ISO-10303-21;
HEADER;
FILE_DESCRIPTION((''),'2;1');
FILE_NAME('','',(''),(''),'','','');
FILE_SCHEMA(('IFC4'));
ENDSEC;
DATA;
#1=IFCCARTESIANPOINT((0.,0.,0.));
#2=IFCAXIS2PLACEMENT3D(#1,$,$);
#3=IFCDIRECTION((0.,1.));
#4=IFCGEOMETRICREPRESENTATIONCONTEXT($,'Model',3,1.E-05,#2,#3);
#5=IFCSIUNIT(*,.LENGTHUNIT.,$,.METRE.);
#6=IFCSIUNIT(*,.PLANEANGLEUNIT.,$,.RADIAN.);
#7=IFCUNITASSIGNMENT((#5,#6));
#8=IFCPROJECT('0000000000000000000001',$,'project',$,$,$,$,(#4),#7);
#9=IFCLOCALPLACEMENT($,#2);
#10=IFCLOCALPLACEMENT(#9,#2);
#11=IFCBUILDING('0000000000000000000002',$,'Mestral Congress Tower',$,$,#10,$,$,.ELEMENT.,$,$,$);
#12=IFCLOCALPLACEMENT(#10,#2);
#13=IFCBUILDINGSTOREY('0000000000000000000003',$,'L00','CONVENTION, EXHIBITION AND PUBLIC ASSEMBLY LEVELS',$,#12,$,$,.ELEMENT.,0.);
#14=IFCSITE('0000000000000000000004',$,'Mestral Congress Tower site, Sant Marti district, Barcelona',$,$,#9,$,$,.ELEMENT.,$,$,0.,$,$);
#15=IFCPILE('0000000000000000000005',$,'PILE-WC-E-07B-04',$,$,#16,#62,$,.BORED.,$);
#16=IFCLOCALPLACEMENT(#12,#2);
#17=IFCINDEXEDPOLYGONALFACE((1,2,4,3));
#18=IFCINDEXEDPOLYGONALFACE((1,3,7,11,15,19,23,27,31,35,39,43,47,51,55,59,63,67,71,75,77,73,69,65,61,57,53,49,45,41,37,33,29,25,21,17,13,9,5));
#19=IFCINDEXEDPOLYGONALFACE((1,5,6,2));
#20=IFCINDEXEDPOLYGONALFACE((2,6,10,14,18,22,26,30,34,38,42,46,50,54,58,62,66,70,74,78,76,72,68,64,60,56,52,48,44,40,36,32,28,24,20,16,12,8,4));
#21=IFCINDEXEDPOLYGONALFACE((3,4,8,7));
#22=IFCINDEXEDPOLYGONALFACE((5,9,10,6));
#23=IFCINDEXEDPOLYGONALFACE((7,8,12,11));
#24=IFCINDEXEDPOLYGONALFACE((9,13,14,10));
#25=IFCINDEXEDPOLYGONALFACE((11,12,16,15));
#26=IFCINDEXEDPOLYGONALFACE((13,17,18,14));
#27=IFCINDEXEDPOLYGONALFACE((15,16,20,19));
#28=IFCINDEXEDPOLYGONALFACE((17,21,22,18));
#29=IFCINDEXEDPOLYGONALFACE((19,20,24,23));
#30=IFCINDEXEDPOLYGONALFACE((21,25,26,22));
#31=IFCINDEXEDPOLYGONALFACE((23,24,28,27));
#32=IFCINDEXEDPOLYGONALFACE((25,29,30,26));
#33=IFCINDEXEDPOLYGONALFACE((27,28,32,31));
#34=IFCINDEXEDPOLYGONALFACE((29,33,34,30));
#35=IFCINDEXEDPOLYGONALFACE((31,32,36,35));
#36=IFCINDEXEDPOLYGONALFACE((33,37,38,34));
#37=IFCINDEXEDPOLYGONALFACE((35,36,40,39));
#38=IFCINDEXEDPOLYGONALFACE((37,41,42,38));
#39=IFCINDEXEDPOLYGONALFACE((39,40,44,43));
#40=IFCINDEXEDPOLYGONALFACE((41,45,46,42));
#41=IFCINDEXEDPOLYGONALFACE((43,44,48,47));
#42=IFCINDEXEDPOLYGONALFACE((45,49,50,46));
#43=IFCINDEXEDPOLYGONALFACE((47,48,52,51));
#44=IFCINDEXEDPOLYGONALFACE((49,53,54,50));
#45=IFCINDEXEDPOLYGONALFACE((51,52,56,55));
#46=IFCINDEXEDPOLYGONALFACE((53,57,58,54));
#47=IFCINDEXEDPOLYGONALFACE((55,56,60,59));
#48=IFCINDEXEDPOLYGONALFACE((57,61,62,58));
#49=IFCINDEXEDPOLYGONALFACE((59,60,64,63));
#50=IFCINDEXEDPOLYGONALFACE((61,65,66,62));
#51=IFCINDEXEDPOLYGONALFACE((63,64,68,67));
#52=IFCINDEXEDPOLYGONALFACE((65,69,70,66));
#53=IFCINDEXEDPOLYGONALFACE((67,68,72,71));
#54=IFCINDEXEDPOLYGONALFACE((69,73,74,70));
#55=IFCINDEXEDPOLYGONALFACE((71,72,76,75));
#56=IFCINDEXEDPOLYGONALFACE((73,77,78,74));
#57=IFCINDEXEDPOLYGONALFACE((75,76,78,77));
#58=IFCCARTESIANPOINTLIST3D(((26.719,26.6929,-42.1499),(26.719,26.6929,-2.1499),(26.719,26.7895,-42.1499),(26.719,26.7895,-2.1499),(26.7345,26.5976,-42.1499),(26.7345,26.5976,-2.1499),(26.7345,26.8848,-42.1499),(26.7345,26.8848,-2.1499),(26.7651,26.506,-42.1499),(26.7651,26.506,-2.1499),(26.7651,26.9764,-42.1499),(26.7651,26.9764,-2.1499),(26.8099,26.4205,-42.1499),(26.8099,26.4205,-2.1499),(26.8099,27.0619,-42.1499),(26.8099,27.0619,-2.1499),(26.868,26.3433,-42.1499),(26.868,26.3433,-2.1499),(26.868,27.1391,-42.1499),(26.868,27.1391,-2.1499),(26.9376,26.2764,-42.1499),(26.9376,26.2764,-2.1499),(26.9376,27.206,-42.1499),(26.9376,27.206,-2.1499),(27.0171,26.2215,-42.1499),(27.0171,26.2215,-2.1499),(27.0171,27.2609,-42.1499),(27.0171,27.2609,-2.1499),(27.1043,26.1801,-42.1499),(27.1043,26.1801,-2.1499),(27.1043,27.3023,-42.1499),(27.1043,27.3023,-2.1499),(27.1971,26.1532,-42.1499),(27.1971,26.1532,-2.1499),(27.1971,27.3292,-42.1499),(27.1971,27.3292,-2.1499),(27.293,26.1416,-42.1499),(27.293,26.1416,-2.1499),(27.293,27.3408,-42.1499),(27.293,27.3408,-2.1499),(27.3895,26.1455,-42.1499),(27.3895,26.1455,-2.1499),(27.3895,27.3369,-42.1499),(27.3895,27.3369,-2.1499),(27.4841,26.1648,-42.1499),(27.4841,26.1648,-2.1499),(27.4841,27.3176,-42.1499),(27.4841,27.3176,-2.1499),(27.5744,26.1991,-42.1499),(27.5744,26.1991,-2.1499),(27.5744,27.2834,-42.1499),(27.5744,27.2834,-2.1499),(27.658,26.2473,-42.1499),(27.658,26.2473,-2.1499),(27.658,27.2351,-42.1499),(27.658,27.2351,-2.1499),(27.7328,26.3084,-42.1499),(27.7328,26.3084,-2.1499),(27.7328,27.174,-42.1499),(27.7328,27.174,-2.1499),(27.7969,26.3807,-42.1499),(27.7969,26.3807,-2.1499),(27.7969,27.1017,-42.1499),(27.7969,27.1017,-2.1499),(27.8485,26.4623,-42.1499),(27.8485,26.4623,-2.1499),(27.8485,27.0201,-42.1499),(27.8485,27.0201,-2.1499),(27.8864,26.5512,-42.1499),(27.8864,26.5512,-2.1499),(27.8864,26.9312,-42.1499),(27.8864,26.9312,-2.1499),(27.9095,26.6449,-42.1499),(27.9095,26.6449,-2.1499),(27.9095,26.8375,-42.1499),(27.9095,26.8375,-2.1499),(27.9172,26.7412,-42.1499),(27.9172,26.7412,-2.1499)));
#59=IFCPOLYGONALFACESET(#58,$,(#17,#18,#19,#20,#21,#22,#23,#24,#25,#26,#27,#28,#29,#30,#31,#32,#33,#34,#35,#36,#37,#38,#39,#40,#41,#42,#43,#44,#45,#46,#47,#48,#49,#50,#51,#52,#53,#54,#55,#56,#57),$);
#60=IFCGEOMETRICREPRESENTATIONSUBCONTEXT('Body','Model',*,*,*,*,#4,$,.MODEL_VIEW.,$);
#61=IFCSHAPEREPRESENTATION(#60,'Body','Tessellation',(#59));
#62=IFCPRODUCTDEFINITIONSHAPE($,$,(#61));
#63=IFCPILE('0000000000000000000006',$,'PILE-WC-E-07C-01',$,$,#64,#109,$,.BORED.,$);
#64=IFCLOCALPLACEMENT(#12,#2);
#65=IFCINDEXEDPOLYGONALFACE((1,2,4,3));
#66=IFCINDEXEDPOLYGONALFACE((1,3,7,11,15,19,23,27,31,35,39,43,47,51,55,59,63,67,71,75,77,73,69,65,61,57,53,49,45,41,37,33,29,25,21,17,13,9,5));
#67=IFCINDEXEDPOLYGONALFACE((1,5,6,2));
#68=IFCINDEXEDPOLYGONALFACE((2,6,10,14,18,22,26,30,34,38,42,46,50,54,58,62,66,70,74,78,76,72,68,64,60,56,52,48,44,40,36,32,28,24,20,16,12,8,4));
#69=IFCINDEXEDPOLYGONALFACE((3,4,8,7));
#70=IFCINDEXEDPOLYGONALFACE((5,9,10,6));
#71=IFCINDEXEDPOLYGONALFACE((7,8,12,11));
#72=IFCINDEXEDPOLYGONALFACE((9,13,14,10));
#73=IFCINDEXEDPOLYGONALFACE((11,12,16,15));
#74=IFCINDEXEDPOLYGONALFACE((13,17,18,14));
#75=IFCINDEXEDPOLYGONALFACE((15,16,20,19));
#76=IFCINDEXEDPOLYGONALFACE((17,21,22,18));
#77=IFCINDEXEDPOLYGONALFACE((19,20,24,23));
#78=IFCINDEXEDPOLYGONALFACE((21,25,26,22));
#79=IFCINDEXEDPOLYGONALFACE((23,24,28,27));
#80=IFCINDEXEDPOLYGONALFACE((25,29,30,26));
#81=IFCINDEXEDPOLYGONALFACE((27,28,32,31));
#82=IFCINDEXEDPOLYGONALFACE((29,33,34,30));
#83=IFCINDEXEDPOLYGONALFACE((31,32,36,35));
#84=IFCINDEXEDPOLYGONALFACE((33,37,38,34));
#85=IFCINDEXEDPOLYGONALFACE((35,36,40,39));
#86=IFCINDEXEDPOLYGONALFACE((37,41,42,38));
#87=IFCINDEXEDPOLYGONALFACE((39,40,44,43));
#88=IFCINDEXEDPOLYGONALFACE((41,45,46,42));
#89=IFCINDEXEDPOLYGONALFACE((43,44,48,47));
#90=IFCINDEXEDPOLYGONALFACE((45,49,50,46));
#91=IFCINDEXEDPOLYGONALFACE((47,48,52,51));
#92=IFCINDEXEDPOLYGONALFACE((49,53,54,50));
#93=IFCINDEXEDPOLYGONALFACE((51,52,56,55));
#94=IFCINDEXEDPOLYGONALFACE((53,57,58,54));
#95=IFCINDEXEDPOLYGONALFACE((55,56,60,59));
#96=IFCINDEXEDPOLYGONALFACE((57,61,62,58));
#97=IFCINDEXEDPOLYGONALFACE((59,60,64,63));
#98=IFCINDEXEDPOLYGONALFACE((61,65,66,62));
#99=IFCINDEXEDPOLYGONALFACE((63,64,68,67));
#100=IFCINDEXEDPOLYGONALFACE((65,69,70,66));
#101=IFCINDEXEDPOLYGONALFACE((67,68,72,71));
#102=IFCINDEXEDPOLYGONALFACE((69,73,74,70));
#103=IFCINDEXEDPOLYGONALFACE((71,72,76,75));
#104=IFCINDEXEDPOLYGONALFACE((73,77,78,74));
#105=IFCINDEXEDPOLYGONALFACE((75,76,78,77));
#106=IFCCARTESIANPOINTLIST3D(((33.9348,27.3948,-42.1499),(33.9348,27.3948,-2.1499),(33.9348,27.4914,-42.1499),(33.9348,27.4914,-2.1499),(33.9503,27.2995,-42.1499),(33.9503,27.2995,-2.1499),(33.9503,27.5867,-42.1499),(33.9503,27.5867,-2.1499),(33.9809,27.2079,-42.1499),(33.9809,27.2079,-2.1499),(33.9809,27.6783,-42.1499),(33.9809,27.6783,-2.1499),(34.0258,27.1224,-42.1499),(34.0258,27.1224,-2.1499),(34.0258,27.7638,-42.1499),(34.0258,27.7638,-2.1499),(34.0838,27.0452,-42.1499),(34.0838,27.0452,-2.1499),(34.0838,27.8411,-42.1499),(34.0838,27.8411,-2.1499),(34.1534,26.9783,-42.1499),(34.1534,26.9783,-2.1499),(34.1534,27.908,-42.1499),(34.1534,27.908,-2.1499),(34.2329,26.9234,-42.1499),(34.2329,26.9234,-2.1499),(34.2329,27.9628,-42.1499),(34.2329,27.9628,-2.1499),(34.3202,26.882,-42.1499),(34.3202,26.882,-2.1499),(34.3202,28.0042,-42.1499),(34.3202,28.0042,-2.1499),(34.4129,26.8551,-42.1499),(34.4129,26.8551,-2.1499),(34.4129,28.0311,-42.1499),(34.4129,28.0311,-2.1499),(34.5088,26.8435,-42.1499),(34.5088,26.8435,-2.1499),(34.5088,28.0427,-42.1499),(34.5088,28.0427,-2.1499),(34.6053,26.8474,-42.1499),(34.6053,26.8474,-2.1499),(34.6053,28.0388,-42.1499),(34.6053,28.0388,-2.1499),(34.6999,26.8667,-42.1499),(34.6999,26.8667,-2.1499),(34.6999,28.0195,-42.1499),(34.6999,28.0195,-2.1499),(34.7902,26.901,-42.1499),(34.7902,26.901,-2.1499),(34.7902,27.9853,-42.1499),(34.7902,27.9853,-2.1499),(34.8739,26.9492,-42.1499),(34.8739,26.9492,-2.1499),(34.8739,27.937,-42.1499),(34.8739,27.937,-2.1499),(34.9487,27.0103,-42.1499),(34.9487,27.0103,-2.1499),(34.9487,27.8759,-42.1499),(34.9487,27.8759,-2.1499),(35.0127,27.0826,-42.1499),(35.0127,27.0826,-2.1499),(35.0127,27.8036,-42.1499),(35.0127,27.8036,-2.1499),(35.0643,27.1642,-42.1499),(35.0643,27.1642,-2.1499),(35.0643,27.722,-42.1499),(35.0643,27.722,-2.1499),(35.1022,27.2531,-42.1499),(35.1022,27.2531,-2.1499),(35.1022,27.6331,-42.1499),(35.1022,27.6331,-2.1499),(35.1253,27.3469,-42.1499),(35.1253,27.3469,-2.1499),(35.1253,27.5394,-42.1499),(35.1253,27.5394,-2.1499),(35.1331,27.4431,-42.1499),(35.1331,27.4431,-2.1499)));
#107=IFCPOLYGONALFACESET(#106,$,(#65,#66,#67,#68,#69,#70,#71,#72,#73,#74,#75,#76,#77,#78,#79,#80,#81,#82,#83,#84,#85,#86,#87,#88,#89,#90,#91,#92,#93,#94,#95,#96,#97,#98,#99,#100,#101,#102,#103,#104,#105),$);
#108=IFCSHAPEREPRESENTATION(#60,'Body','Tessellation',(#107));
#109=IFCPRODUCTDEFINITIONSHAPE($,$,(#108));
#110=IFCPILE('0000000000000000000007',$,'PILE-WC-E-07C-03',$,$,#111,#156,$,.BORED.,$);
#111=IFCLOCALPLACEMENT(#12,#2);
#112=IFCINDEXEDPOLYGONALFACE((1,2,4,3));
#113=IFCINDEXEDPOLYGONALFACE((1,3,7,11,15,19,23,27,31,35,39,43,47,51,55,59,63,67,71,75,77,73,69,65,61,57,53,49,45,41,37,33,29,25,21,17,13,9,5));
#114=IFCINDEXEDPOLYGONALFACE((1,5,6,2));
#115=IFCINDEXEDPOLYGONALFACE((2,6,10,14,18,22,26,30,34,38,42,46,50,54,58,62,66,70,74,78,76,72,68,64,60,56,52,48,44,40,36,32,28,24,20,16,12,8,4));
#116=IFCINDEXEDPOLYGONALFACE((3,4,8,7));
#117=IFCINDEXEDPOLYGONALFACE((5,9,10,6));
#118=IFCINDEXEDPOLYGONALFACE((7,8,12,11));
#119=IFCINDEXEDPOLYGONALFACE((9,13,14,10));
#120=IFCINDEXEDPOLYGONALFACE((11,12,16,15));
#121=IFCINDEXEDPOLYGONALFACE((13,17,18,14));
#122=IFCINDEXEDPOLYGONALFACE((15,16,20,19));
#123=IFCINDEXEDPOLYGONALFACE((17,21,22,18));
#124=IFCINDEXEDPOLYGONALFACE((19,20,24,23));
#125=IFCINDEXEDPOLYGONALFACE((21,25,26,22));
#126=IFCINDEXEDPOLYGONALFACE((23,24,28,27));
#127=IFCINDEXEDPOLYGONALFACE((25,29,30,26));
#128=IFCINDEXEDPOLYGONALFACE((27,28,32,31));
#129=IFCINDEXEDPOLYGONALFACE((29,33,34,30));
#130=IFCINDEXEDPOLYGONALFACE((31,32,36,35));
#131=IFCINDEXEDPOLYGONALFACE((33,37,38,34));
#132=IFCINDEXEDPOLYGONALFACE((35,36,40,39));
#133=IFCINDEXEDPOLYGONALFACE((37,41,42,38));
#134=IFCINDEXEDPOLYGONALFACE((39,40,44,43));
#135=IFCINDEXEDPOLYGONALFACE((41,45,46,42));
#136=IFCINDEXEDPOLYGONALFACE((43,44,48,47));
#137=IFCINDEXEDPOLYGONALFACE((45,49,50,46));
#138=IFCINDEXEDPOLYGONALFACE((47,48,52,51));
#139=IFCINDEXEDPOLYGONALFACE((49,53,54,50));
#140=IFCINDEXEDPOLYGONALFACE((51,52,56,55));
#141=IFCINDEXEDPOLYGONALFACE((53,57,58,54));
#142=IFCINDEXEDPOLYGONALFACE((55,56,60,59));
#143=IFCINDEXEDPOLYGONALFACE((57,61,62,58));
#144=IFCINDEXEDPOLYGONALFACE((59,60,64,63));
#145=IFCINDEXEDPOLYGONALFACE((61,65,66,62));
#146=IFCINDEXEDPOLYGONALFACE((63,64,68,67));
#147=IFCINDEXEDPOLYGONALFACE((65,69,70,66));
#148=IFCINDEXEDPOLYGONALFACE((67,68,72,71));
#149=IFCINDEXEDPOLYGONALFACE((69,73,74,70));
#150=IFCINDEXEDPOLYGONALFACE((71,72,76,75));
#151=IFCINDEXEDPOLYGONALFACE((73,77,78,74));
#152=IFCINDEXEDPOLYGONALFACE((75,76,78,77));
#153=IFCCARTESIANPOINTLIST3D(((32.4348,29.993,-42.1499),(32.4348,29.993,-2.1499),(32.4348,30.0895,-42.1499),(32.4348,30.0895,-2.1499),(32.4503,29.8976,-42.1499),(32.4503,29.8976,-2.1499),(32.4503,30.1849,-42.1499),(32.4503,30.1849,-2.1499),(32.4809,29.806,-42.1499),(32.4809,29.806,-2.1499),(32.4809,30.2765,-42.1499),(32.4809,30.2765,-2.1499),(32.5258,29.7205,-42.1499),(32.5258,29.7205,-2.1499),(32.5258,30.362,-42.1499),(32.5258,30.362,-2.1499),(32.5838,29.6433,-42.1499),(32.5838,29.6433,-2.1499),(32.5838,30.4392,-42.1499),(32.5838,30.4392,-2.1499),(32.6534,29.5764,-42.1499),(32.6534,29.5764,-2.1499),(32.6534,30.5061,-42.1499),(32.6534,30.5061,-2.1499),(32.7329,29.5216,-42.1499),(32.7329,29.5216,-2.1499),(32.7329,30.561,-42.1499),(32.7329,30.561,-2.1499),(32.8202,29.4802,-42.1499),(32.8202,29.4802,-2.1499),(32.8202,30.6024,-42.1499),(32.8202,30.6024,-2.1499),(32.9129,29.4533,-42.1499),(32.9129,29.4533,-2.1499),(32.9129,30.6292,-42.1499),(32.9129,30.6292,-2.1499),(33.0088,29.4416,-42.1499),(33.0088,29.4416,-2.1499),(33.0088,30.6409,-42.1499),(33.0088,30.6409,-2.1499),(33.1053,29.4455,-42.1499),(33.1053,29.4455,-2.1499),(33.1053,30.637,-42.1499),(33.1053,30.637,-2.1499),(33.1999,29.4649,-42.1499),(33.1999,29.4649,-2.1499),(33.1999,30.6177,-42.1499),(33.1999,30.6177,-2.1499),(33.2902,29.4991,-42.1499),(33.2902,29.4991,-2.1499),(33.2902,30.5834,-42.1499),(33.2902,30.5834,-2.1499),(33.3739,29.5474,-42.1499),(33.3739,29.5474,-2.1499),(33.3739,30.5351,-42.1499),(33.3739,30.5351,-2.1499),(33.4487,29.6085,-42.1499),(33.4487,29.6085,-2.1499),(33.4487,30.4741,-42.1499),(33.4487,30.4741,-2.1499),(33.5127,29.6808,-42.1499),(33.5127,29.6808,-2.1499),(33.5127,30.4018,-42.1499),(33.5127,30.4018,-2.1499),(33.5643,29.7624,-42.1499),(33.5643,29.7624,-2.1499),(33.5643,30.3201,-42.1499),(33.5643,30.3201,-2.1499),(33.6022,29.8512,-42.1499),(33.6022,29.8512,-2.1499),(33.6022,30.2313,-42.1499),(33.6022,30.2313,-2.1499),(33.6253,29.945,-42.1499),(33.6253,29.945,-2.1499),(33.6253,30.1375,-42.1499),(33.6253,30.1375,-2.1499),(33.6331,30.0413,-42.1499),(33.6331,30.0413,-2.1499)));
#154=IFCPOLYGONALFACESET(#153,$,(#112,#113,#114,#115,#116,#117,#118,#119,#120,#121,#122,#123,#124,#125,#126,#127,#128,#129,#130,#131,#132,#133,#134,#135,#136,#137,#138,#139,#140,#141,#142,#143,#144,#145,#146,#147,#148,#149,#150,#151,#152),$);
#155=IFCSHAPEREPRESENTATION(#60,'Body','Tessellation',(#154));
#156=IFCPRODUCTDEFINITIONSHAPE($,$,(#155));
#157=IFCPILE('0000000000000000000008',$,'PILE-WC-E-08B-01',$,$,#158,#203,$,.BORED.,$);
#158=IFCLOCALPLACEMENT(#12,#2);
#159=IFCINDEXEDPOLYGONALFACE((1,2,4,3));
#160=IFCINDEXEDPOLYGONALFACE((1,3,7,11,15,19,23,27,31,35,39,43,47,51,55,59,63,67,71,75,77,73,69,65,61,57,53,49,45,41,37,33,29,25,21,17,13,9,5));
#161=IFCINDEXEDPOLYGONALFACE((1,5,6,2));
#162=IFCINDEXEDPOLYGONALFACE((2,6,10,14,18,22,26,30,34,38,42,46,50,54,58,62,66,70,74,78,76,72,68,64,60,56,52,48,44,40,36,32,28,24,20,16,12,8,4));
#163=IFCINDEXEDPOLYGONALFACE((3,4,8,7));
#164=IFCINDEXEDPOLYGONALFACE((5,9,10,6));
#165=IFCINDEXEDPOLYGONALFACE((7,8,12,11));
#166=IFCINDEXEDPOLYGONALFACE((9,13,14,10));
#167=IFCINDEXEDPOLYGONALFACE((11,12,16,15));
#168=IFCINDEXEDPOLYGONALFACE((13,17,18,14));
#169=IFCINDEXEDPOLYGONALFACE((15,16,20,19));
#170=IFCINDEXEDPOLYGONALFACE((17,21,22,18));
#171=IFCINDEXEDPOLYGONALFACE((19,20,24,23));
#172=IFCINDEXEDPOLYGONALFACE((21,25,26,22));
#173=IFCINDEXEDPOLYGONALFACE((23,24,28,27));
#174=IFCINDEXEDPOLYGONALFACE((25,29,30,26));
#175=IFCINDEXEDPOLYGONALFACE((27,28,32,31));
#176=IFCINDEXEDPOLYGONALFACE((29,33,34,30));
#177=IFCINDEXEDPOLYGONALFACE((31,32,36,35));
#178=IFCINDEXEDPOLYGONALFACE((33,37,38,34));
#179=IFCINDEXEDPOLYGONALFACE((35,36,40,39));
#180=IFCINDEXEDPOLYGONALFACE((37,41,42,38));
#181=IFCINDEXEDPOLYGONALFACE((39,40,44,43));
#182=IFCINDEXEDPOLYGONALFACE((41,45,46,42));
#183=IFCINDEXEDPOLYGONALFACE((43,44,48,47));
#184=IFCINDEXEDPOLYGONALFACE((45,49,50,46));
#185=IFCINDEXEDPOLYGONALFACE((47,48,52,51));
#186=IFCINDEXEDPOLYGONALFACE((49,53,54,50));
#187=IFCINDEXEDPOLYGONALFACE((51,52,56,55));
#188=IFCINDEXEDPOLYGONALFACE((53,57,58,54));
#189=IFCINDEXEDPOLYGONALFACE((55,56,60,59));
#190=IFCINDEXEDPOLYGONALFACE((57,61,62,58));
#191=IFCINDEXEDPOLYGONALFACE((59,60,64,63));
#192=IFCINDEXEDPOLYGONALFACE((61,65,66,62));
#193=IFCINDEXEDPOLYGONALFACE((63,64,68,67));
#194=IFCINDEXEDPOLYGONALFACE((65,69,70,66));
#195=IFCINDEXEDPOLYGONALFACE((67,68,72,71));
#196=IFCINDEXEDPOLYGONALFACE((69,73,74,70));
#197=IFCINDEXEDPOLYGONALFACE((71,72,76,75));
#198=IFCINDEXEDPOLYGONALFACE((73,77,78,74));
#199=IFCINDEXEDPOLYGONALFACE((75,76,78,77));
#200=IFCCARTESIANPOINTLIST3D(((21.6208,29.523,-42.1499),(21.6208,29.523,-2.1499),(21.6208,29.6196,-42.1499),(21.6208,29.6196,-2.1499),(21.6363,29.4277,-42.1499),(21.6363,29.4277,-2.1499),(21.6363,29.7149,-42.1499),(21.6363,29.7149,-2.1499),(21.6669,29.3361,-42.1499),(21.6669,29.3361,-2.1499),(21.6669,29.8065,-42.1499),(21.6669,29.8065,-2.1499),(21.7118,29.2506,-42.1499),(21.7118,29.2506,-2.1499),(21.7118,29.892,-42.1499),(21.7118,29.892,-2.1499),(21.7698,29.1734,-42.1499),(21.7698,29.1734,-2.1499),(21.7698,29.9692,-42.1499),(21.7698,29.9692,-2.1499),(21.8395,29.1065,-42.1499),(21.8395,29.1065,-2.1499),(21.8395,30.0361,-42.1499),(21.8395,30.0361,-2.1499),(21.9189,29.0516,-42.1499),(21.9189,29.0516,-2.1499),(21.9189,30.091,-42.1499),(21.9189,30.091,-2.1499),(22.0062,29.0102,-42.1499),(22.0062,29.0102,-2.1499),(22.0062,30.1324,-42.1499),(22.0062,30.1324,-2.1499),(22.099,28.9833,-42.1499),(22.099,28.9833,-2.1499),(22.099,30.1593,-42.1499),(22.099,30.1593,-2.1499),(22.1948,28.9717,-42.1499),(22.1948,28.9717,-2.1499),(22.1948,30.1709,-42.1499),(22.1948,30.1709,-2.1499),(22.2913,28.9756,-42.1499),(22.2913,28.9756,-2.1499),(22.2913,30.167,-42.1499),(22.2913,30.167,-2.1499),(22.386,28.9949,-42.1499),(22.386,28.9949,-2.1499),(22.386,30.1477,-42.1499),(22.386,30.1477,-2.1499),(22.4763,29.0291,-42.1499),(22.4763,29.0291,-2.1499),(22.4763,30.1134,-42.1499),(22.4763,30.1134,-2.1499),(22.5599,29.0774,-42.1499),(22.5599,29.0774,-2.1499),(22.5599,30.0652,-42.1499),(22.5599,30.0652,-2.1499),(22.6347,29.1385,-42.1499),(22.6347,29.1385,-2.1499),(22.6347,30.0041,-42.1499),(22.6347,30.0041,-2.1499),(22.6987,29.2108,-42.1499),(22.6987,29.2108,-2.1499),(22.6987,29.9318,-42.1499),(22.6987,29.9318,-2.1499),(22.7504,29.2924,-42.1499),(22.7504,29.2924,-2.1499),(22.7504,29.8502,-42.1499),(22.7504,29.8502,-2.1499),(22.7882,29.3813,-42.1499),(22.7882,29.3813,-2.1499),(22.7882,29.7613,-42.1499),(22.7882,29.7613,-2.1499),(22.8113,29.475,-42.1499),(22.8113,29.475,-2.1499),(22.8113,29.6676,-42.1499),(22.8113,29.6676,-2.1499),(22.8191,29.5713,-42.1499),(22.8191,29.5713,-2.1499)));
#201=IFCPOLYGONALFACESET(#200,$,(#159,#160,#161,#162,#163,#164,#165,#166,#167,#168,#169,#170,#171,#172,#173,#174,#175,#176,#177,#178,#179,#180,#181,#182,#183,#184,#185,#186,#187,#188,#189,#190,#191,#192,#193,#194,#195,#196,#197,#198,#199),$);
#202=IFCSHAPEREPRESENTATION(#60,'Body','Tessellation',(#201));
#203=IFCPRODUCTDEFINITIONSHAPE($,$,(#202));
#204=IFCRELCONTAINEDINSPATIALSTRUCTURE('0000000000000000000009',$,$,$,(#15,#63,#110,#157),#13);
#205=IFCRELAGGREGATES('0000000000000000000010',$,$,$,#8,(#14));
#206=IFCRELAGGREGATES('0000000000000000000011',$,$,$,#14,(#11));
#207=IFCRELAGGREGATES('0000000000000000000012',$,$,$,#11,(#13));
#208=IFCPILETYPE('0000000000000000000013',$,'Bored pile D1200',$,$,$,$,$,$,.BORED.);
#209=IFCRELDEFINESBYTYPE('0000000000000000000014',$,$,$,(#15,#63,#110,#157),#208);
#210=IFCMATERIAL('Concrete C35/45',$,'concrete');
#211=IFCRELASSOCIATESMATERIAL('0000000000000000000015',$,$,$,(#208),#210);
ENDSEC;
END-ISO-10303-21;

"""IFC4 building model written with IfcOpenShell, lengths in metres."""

from ifc_helpers import new_model, si_unit, direction, frame, origin, origin_2d, place, context, subcontext, project, spatial, circle, extrude, material, material_profile, profile_set, type_object, element, save


model = new_model("IFC4")

# Units and contexts
model_context = context("Model", 3, precision=1e-05, world=origin(), true_north=direction((0.0, 1.0)))
body_context = subcontext(model_context, "Body", "Model", "MODEL_VIEW")
ifc_project = project(units=[si_unit("LENGTHUNIT", "METRE"), si_unit("PLANEANGLEUNIT", "RADIAN")], contexts=[model_context])

# Site, building, storey
site_placement = place(None, origin())
site = spatial("IfcSite", under=ifc_project, at=site_placement, Name="Mestral Congress Tower site, Sant Marti district, Barcelona", CompositionType="ELEMENT", RefElevation=0.0)
building_placement = place(site_placement, origin())
building = spatial("IfcBuilding", under=site, at=building_placement, Name="Mestral Congress Tower", CompositionType="ELEMENT")
storey_placement = place(building_placement, origin())
storey = spatial("IfcBuildingStorey", under=building, at=storey_placement, Name="L00", Description="CONVENTION, EXHIBITION AND PUBLIC ASSEMBLY LEVELS", CompositionType="ELEMENT", Elevation=0.0)

# Piles
ifc_material_1 = material(Name="Concrete C35/45", Category="concrete")
ifc_material_profile_1 = material_profile(ifc_material_1, circle(Radius=0.6001, at=origin_2d()), Name="D1200")
ifc_profile_set_1 = profile_set([ifc_material_profile_1], Name="Concrete C35/45")
pile_type_1 = type_object("IfcPileType", Name="Bored pile D1200", PredefinedType="BORED", material=ifc_profile_set_1)
for number, where, z_axis, x_axis, name in (
    (1, (27.3171, 26.7412, -2.1499), (0.0, 0.0, -1.0), (1.0, 0.0, 0.0), "PILE-WC-E-07B-04"),
    (2, (34.533, 27.4431, -2.1499), (0.0, 0.0, -1.0), (1.0, 0.0, 0.0), "PILE-WC-E-07C-01"),
    (3, (33.033, 30.0413, -2.1499), (0.0, 0.0, -1.0), (1.0, 0.0, 0.0), "PILE-WC-E-07C-03"),
    (4, (22.219, 29.5713, -2.1499), (0.0, 0.0, -1.0), (1.0, 0.0, 0.0), "PILE-WC-E-08B-01"),
):
    element("IfcPile", number, at=place(storey_placement, frame(where, z_axis=z_axis, x_axis=x_axis)), inside=storey, type_object=pile_type_1, Name=name, PredefinedType="BORED", context=body_context, shape_type="SweptSolid", body=[
        extrude(circle(Radius=0.6001, at=origin_2d()), origin(), (0.0, 0.0, 1.0), 40.0),
    ])

save(model, "model.ifc")
